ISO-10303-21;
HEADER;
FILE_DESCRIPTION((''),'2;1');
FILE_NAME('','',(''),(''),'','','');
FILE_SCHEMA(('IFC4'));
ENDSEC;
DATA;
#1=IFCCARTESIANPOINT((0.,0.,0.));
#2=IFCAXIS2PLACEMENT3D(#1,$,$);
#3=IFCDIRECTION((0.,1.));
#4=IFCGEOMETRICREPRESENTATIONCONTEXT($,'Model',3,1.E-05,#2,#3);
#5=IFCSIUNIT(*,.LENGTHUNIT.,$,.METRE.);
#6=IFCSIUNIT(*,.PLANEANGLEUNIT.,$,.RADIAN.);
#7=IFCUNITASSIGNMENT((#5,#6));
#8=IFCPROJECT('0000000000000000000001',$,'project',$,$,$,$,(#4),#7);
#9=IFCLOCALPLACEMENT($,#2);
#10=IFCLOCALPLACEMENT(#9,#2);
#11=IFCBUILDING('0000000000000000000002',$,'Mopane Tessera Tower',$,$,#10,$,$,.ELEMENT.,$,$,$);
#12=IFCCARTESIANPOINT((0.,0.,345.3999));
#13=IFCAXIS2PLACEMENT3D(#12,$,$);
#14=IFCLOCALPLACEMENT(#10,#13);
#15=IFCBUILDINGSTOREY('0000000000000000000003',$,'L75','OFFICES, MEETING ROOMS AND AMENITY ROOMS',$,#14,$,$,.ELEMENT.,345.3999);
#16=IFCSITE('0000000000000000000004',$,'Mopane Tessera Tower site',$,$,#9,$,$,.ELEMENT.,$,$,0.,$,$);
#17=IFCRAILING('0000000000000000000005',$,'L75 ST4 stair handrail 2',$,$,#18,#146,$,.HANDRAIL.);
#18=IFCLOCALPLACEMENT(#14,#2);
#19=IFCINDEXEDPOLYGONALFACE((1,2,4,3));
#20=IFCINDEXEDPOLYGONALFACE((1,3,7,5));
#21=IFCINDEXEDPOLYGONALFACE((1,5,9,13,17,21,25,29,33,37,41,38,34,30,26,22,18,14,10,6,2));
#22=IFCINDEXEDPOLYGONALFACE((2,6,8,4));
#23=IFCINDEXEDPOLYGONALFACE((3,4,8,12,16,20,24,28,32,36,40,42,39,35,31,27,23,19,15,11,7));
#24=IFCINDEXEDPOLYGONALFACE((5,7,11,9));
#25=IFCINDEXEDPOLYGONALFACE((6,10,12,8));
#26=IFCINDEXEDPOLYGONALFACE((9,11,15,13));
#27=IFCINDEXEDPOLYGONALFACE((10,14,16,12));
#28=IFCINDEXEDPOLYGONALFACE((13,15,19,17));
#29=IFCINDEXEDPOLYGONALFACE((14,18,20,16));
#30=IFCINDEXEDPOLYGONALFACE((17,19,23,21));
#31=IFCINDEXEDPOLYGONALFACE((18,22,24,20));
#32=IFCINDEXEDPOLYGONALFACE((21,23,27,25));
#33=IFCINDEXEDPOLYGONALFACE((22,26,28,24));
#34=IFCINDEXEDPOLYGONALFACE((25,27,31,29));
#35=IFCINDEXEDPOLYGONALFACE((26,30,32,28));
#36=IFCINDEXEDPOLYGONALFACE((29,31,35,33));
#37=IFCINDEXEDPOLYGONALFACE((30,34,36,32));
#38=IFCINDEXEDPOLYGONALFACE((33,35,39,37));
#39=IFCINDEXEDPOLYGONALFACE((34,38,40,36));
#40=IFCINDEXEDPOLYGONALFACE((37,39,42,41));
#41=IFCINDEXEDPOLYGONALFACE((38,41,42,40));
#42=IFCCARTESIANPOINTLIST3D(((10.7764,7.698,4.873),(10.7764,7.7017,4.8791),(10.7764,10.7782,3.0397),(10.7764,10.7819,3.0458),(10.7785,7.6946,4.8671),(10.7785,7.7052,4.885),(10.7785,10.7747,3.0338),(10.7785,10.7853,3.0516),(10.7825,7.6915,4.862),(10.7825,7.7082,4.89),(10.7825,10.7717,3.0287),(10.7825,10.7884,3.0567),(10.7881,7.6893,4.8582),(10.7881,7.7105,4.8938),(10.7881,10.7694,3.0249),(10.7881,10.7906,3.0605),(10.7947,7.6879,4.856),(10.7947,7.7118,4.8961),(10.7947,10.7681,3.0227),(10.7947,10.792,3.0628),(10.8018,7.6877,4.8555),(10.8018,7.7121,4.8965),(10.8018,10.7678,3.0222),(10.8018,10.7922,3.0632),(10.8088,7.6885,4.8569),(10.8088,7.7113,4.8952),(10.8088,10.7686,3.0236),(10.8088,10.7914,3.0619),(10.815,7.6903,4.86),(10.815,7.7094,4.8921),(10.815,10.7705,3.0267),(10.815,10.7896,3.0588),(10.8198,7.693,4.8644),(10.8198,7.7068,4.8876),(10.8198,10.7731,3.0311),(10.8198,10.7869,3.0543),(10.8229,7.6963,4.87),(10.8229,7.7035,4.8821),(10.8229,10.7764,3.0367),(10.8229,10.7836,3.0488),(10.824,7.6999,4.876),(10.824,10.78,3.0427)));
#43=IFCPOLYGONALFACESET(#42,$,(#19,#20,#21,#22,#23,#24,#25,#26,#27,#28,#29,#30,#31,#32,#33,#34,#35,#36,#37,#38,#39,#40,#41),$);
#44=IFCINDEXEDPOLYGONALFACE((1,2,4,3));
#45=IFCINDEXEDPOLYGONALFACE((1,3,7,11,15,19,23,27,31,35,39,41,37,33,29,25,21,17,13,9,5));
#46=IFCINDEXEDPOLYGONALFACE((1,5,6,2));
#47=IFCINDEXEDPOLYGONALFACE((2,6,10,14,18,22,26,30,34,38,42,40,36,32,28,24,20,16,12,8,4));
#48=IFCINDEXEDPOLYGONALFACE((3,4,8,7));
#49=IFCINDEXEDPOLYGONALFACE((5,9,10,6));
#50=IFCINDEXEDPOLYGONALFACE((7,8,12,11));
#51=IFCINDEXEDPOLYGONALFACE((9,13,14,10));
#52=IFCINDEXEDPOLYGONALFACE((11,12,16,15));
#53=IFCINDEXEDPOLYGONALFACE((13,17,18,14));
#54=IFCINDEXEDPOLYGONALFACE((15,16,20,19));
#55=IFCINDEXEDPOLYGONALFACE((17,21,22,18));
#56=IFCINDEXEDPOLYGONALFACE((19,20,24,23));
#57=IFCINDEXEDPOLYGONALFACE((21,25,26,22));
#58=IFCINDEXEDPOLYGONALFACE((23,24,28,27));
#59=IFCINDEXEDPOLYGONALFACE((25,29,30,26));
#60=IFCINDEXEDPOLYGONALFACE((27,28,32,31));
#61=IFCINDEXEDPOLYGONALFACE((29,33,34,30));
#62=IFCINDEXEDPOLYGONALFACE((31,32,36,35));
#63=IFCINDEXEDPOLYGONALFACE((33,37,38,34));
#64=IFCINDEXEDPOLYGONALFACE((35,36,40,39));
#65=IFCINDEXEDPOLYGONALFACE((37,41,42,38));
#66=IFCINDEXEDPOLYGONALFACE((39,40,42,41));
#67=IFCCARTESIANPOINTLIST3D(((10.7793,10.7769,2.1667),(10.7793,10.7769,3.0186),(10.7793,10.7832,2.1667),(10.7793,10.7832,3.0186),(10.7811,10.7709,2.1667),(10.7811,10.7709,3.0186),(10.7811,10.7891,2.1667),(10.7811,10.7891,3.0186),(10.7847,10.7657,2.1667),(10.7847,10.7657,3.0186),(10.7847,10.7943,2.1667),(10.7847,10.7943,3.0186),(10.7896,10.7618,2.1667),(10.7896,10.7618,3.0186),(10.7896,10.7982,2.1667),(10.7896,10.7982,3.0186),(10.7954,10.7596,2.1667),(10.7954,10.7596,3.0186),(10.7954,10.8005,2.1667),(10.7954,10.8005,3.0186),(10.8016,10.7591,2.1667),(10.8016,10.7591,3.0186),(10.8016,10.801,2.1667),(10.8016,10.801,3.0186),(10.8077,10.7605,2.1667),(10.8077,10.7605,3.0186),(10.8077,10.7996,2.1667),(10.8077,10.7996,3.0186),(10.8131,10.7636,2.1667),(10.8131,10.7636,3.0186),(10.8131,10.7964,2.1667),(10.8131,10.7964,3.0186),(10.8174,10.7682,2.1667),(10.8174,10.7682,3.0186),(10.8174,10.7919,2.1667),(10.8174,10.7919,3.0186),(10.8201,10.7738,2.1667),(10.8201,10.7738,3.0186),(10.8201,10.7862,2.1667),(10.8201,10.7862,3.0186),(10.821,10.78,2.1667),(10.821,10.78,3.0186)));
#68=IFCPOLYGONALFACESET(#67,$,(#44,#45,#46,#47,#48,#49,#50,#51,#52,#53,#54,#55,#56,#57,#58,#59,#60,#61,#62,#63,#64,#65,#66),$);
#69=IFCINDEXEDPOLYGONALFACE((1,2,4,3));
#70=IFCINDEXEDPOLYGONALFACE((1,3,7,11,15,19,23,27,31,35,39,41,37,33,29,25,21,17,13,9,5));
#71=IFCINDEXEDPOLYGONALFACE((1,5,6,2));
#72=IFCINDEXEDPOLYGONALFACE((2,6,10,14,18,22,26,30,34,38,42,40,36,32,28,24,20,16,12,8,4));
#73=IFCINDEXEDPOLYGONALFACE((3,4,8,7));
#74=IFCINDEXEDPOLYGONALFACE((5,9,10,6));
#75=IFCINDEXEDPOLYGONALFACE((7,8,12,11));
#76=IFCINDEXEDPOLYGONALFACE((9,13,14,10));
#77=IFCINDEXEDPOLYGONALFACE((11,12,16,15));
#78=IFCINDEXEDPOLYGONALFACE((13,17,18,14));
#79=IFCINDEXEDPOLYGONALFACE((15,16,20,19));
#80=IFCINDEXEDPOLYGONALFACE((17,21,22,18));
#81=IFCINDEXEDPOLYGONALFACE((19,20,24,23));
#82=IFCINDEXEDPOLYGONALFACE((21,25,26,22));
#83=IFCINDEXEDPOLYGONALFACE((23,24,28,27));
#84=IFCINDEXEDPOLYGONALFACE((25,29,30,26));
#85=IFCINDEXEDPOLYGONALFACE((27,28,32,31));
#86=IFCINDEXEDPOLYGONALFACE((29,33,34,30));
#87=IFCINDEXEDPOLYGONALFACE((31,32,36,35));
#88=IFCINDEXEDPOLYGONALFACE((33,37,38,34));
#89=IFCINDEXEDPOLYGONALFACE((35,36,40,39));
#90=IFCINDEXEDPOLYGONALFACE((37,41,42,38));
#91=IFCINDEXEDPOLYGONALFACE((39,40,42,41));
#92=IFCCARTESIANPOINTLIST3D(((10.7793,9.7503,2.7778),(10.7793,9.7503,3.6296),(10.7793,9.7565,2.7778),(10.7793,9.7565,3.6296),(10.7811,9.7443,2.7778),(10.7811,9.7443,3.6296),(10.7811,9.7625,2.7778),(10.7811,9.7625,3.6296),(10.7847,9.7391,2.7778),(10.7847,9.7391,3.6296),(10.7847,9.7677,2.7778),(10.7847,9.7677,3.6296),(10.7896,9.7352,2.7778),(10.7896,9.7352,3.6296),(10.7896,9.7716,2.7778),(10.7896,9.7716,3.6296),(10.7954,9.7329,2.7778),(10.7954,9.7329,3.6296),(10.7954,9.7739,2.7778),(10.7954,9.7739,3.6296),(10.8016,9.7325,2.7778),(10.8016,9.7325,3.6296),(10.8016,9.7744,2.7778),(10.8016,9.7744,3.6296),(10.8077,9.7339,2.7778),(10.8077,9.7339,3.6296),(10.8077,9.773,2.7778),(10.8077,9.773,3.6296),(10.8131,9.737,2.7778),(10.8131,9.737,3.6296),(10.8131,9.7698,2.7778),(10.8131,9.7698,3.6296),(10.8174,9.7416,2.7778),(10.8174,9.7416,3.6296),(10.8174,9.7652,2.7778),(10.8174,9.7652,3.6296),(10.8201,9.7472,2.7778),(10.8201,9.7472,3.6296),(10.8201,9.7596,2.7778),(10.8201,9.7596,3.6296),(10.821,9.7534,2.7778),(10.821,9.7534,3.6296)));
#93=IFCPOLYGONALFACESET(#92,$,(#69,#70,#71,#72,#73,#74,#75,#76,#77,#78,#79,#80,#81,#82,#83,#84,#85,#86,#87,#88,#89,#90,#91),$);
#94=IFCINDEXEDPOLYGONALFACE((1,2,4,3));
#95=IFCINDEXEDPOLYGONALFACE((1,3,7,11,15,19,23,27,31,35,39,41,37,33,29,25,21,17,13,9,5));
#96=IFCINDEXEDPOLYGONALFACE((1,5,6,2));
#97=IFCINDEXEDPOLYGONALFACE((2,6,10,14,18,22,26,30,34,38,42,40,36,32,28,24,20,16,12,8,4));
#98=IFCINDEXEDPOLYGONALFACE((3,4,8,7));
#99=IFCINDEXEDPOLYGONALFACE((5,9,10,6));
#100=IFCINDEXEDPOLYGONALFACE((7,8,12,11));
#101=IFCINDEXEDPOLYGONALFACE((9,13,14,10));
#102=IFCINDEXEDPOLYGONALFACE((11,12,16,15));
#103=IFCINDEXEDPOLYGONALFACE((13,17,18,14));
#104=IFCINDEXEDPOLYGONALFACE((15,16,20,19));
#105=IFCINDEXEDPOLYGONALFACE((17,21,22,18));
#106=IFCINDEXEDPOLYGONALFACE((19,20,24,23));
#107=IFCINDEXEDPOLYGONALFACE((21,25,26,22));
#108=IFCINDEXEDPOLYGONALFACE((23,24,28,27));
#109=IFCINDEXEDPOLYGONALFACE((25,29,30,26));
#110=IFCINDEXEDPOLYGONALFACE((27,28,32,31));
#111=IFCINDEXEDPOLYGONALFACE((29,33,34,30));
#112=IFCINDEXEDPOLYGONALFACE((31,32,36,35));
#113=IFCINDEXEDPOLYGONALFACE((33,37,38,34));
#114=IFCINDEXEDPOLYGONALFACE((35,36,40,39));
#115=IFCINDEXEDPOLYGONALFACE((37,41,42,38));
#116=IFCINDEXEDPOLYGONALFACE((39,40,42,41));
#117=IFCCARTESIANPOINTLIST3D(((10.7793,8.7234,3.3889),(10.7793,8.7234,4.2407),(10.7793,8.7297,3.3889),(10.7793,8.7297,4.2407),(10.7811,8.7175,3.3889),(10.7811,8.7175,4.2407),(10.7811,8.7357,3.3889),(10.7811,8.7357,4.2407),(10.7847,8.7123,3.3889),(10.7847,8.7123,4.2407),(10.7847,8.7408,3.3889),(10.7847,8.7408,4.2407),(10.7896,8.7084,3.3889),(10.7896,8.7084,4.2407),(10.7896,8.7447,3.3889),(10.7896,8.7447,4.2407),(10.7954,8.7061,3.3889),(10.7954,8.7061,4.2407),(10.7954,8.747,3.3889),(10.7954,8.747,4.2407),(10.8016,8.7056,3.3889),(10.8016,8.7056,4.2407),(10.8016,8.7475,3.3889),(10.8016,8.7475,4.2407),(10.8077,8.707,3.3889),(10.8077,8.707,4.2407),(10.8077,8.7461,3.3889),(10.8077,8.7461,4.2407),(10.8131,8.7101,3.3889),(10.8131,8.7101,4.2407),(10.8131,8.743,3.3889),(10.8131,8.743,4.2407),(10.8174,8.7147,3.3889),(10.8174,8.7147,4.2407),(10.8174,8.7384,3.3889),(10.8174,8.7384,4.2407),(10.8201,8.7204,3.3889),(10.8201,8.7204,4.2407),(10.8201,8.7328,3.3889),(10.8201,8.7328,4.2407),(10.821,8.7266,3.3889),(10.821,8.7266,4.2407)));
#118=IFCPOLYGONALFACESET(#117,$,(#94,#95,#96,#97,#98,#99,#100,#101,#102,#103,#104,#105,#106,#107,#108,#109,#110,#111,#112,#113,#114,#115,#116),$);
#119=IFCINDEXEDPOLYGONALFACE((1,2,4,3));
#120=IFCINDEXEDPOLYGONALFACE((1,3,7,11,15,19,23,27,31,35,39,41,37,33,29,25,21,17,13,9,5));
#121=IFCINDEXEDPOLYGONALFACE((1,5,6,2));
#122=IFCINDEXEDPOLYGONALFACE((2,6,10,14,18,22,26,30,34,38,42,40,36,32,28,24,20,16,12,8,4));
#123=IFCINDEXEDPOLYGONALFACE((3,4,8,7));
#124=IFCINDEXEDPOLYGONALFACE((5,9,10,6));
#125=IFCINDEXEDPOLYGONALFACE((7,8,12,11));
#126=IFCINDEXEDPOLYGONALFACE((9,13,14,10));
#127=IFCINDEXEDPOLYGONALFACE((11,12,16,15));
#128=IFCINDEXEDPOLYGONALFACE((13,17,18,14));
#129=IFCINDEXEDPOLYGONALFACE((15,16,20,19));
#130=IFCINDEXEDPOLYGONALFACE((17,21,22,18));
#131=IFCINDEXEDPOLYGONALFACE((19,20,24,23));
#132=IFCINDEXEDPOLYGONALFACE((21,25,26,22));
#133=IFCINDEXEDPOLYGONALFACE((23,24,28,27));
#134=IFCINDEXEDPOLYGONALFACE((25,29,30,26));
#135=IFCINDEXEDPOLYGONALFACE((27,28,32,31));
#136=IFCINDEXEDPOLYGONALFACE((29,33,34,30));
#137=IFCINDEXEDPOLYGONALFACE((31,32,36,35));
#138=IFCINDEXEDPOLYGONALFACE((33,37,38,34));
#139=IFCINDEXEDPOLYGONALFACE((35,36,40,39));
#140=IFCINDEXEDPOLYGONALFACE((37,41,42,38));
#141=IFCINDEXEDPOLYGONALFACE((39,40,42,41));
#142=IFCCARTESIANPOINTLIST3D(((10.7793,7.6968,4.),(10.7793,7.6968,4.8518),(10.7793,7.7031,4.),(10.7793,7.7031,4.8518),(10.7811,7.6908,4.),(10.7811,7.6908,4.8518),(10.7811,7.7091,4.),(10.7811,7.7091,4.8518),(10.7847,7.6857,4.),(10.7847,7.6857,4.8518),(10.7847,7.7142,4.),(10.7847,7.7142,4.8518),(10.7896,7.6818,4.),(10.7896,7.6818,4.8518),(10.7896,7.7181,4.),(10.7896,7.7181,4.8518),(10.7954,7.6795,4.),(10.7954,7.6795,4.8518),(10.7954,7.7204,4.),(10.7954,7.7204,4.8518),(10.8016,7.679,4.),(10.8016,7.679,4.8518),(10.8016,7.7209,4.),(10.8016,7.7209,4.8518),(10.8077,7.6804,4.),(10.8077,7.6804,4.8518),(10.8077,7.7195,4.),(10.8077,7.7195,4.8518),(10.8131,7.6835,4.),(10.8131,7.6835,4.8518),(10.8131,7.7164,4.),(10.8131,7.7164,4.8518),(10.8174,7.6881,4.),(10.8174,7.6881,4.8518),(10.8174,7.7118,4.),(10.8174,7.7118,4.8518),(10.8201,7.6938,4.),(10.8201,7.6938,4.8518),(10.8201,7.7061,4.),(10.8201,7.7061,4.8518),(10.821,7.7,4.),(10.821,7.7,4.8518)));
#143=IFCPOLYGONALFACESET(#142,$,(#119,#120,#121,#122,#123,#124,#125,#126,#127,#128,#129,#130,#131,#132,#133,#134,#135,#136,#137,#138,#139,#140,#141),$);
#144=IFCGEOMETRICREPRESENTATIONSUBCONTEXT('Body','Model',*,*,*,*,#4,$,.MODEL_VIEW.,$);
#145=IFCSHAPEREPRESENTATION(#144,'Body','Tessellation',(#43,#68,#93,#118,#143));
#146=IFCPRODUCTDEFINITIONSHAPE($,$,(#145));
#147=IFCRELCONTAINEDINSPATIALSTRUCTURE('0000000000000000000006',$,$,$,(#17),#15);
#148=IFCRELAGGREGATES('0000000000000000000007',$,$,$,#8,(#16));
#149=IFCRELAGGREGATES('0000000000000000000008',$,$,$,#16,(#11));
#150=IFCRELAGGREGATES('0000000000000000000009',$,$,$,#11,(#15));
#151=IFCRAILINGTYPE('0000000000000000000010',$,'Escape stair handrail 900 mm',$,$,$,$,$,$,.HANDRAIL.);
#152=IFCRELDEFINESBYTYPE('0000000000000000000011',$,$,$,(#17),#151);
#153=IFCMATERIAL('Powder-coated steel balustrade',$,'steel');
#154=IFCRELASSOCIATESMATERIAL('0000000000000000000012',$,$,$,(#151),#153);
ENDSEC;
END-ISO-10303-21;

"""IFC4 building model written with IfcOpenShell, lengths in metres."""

from ifc_helpers import new_model, si_unit, direction, frame, origin, origin_2d, place, context, subcontext, project, spatial, circle, extrude, material, type_object, element, save


model = new_model("IFC4")

# Units and contexts
model_context = context("Model", 3, precision=1e-05, world=origin(), true_north=direction((0.0, 1.0)))
body_context = subcontext(model_context, "Body", "Model", "MODEL_VIEW")
ifc_project = project(units=[si_unit("LENGTHUNIT", "METRE"), si_unit("PLANEANGLEUNIT", "RADIAN")], contexts=[model_context])

# Site, building, storey
site_placement = place(None, origin())
site = spatial("IfcSite", under=ifc_project, at=site_placement, Name="Mopane Tessera Tower site", CompositionType="ELEMENT", RefElevation=0.0)
building_placement = place(site_placement, origin())
building = spatial("IfcBuilding", under=site, at=building_placement, Name="Mopane Tessera Tower", CompositionType="ELEMENT")
storey_placement = place(building_placement, frame((0.0, 0.0, 345.3999)))
storey = spatial("IfcBuildingStorey", under=building, at=storey_placement, Name="L75", Description="OFFICES, MEETING ROOMS AND AMENITY ROOMS", CompositionType="ELEMENT", Elevation=345.3999)

# Railing
ifc_material_1 = material(Name="Powder-coated steel balustrade", Category="steel")
railing_type_1 = type_object("IfcRailingType", Name="Escape stair handrail 900 mm", PredefinedType="HANDRAIL", material=ifc_material_1)
railing_1_placement = place(storey_placement, frame((10.8, 10.78, 2.1667)))
element("IfcRailing", 1, at=railing_1_placement, inside=storey, type_object=railing_type_1, Name="L75 ST4 stair handrail 2", PredefinedType="HANDRAIL", context=body_context, shape_type="SweptSolid", body=[
    extrude(circle(Radius=0.0239, at=origin_2d()), frame((0.0, 0.0, 0.876), z_axis=(0.0, -0.859309, 0.511458), x_axis=(1.0, 0.0, 0.0)), (0.0, 0.0, 1.0), 3.5845),
    extrude(circle(Radius=0.021, at=origin_2d()), origin(), (0.0, 0.0, 1.0), 0.8518),
    extrude(circle(Radius=0.021, at=origin_2d()), frame((0.0, -1.0266, 0.6111)), (0.0, 0.0, 1.0), 0.8518),
    extrude(circle(Radius=0.021, at=origin_2d()), frame((0.0, -2.0535, 1.2222)), (0.0, 0.0, 1.0), 0.8518),
    extrude(circle(Radius=0.021, at=origin_2d()), frame((0.0, -3.0801, 1.8333)), (0.0, 0.0, 1.0), 0.8518),
])

save(model, "model.ifc")
